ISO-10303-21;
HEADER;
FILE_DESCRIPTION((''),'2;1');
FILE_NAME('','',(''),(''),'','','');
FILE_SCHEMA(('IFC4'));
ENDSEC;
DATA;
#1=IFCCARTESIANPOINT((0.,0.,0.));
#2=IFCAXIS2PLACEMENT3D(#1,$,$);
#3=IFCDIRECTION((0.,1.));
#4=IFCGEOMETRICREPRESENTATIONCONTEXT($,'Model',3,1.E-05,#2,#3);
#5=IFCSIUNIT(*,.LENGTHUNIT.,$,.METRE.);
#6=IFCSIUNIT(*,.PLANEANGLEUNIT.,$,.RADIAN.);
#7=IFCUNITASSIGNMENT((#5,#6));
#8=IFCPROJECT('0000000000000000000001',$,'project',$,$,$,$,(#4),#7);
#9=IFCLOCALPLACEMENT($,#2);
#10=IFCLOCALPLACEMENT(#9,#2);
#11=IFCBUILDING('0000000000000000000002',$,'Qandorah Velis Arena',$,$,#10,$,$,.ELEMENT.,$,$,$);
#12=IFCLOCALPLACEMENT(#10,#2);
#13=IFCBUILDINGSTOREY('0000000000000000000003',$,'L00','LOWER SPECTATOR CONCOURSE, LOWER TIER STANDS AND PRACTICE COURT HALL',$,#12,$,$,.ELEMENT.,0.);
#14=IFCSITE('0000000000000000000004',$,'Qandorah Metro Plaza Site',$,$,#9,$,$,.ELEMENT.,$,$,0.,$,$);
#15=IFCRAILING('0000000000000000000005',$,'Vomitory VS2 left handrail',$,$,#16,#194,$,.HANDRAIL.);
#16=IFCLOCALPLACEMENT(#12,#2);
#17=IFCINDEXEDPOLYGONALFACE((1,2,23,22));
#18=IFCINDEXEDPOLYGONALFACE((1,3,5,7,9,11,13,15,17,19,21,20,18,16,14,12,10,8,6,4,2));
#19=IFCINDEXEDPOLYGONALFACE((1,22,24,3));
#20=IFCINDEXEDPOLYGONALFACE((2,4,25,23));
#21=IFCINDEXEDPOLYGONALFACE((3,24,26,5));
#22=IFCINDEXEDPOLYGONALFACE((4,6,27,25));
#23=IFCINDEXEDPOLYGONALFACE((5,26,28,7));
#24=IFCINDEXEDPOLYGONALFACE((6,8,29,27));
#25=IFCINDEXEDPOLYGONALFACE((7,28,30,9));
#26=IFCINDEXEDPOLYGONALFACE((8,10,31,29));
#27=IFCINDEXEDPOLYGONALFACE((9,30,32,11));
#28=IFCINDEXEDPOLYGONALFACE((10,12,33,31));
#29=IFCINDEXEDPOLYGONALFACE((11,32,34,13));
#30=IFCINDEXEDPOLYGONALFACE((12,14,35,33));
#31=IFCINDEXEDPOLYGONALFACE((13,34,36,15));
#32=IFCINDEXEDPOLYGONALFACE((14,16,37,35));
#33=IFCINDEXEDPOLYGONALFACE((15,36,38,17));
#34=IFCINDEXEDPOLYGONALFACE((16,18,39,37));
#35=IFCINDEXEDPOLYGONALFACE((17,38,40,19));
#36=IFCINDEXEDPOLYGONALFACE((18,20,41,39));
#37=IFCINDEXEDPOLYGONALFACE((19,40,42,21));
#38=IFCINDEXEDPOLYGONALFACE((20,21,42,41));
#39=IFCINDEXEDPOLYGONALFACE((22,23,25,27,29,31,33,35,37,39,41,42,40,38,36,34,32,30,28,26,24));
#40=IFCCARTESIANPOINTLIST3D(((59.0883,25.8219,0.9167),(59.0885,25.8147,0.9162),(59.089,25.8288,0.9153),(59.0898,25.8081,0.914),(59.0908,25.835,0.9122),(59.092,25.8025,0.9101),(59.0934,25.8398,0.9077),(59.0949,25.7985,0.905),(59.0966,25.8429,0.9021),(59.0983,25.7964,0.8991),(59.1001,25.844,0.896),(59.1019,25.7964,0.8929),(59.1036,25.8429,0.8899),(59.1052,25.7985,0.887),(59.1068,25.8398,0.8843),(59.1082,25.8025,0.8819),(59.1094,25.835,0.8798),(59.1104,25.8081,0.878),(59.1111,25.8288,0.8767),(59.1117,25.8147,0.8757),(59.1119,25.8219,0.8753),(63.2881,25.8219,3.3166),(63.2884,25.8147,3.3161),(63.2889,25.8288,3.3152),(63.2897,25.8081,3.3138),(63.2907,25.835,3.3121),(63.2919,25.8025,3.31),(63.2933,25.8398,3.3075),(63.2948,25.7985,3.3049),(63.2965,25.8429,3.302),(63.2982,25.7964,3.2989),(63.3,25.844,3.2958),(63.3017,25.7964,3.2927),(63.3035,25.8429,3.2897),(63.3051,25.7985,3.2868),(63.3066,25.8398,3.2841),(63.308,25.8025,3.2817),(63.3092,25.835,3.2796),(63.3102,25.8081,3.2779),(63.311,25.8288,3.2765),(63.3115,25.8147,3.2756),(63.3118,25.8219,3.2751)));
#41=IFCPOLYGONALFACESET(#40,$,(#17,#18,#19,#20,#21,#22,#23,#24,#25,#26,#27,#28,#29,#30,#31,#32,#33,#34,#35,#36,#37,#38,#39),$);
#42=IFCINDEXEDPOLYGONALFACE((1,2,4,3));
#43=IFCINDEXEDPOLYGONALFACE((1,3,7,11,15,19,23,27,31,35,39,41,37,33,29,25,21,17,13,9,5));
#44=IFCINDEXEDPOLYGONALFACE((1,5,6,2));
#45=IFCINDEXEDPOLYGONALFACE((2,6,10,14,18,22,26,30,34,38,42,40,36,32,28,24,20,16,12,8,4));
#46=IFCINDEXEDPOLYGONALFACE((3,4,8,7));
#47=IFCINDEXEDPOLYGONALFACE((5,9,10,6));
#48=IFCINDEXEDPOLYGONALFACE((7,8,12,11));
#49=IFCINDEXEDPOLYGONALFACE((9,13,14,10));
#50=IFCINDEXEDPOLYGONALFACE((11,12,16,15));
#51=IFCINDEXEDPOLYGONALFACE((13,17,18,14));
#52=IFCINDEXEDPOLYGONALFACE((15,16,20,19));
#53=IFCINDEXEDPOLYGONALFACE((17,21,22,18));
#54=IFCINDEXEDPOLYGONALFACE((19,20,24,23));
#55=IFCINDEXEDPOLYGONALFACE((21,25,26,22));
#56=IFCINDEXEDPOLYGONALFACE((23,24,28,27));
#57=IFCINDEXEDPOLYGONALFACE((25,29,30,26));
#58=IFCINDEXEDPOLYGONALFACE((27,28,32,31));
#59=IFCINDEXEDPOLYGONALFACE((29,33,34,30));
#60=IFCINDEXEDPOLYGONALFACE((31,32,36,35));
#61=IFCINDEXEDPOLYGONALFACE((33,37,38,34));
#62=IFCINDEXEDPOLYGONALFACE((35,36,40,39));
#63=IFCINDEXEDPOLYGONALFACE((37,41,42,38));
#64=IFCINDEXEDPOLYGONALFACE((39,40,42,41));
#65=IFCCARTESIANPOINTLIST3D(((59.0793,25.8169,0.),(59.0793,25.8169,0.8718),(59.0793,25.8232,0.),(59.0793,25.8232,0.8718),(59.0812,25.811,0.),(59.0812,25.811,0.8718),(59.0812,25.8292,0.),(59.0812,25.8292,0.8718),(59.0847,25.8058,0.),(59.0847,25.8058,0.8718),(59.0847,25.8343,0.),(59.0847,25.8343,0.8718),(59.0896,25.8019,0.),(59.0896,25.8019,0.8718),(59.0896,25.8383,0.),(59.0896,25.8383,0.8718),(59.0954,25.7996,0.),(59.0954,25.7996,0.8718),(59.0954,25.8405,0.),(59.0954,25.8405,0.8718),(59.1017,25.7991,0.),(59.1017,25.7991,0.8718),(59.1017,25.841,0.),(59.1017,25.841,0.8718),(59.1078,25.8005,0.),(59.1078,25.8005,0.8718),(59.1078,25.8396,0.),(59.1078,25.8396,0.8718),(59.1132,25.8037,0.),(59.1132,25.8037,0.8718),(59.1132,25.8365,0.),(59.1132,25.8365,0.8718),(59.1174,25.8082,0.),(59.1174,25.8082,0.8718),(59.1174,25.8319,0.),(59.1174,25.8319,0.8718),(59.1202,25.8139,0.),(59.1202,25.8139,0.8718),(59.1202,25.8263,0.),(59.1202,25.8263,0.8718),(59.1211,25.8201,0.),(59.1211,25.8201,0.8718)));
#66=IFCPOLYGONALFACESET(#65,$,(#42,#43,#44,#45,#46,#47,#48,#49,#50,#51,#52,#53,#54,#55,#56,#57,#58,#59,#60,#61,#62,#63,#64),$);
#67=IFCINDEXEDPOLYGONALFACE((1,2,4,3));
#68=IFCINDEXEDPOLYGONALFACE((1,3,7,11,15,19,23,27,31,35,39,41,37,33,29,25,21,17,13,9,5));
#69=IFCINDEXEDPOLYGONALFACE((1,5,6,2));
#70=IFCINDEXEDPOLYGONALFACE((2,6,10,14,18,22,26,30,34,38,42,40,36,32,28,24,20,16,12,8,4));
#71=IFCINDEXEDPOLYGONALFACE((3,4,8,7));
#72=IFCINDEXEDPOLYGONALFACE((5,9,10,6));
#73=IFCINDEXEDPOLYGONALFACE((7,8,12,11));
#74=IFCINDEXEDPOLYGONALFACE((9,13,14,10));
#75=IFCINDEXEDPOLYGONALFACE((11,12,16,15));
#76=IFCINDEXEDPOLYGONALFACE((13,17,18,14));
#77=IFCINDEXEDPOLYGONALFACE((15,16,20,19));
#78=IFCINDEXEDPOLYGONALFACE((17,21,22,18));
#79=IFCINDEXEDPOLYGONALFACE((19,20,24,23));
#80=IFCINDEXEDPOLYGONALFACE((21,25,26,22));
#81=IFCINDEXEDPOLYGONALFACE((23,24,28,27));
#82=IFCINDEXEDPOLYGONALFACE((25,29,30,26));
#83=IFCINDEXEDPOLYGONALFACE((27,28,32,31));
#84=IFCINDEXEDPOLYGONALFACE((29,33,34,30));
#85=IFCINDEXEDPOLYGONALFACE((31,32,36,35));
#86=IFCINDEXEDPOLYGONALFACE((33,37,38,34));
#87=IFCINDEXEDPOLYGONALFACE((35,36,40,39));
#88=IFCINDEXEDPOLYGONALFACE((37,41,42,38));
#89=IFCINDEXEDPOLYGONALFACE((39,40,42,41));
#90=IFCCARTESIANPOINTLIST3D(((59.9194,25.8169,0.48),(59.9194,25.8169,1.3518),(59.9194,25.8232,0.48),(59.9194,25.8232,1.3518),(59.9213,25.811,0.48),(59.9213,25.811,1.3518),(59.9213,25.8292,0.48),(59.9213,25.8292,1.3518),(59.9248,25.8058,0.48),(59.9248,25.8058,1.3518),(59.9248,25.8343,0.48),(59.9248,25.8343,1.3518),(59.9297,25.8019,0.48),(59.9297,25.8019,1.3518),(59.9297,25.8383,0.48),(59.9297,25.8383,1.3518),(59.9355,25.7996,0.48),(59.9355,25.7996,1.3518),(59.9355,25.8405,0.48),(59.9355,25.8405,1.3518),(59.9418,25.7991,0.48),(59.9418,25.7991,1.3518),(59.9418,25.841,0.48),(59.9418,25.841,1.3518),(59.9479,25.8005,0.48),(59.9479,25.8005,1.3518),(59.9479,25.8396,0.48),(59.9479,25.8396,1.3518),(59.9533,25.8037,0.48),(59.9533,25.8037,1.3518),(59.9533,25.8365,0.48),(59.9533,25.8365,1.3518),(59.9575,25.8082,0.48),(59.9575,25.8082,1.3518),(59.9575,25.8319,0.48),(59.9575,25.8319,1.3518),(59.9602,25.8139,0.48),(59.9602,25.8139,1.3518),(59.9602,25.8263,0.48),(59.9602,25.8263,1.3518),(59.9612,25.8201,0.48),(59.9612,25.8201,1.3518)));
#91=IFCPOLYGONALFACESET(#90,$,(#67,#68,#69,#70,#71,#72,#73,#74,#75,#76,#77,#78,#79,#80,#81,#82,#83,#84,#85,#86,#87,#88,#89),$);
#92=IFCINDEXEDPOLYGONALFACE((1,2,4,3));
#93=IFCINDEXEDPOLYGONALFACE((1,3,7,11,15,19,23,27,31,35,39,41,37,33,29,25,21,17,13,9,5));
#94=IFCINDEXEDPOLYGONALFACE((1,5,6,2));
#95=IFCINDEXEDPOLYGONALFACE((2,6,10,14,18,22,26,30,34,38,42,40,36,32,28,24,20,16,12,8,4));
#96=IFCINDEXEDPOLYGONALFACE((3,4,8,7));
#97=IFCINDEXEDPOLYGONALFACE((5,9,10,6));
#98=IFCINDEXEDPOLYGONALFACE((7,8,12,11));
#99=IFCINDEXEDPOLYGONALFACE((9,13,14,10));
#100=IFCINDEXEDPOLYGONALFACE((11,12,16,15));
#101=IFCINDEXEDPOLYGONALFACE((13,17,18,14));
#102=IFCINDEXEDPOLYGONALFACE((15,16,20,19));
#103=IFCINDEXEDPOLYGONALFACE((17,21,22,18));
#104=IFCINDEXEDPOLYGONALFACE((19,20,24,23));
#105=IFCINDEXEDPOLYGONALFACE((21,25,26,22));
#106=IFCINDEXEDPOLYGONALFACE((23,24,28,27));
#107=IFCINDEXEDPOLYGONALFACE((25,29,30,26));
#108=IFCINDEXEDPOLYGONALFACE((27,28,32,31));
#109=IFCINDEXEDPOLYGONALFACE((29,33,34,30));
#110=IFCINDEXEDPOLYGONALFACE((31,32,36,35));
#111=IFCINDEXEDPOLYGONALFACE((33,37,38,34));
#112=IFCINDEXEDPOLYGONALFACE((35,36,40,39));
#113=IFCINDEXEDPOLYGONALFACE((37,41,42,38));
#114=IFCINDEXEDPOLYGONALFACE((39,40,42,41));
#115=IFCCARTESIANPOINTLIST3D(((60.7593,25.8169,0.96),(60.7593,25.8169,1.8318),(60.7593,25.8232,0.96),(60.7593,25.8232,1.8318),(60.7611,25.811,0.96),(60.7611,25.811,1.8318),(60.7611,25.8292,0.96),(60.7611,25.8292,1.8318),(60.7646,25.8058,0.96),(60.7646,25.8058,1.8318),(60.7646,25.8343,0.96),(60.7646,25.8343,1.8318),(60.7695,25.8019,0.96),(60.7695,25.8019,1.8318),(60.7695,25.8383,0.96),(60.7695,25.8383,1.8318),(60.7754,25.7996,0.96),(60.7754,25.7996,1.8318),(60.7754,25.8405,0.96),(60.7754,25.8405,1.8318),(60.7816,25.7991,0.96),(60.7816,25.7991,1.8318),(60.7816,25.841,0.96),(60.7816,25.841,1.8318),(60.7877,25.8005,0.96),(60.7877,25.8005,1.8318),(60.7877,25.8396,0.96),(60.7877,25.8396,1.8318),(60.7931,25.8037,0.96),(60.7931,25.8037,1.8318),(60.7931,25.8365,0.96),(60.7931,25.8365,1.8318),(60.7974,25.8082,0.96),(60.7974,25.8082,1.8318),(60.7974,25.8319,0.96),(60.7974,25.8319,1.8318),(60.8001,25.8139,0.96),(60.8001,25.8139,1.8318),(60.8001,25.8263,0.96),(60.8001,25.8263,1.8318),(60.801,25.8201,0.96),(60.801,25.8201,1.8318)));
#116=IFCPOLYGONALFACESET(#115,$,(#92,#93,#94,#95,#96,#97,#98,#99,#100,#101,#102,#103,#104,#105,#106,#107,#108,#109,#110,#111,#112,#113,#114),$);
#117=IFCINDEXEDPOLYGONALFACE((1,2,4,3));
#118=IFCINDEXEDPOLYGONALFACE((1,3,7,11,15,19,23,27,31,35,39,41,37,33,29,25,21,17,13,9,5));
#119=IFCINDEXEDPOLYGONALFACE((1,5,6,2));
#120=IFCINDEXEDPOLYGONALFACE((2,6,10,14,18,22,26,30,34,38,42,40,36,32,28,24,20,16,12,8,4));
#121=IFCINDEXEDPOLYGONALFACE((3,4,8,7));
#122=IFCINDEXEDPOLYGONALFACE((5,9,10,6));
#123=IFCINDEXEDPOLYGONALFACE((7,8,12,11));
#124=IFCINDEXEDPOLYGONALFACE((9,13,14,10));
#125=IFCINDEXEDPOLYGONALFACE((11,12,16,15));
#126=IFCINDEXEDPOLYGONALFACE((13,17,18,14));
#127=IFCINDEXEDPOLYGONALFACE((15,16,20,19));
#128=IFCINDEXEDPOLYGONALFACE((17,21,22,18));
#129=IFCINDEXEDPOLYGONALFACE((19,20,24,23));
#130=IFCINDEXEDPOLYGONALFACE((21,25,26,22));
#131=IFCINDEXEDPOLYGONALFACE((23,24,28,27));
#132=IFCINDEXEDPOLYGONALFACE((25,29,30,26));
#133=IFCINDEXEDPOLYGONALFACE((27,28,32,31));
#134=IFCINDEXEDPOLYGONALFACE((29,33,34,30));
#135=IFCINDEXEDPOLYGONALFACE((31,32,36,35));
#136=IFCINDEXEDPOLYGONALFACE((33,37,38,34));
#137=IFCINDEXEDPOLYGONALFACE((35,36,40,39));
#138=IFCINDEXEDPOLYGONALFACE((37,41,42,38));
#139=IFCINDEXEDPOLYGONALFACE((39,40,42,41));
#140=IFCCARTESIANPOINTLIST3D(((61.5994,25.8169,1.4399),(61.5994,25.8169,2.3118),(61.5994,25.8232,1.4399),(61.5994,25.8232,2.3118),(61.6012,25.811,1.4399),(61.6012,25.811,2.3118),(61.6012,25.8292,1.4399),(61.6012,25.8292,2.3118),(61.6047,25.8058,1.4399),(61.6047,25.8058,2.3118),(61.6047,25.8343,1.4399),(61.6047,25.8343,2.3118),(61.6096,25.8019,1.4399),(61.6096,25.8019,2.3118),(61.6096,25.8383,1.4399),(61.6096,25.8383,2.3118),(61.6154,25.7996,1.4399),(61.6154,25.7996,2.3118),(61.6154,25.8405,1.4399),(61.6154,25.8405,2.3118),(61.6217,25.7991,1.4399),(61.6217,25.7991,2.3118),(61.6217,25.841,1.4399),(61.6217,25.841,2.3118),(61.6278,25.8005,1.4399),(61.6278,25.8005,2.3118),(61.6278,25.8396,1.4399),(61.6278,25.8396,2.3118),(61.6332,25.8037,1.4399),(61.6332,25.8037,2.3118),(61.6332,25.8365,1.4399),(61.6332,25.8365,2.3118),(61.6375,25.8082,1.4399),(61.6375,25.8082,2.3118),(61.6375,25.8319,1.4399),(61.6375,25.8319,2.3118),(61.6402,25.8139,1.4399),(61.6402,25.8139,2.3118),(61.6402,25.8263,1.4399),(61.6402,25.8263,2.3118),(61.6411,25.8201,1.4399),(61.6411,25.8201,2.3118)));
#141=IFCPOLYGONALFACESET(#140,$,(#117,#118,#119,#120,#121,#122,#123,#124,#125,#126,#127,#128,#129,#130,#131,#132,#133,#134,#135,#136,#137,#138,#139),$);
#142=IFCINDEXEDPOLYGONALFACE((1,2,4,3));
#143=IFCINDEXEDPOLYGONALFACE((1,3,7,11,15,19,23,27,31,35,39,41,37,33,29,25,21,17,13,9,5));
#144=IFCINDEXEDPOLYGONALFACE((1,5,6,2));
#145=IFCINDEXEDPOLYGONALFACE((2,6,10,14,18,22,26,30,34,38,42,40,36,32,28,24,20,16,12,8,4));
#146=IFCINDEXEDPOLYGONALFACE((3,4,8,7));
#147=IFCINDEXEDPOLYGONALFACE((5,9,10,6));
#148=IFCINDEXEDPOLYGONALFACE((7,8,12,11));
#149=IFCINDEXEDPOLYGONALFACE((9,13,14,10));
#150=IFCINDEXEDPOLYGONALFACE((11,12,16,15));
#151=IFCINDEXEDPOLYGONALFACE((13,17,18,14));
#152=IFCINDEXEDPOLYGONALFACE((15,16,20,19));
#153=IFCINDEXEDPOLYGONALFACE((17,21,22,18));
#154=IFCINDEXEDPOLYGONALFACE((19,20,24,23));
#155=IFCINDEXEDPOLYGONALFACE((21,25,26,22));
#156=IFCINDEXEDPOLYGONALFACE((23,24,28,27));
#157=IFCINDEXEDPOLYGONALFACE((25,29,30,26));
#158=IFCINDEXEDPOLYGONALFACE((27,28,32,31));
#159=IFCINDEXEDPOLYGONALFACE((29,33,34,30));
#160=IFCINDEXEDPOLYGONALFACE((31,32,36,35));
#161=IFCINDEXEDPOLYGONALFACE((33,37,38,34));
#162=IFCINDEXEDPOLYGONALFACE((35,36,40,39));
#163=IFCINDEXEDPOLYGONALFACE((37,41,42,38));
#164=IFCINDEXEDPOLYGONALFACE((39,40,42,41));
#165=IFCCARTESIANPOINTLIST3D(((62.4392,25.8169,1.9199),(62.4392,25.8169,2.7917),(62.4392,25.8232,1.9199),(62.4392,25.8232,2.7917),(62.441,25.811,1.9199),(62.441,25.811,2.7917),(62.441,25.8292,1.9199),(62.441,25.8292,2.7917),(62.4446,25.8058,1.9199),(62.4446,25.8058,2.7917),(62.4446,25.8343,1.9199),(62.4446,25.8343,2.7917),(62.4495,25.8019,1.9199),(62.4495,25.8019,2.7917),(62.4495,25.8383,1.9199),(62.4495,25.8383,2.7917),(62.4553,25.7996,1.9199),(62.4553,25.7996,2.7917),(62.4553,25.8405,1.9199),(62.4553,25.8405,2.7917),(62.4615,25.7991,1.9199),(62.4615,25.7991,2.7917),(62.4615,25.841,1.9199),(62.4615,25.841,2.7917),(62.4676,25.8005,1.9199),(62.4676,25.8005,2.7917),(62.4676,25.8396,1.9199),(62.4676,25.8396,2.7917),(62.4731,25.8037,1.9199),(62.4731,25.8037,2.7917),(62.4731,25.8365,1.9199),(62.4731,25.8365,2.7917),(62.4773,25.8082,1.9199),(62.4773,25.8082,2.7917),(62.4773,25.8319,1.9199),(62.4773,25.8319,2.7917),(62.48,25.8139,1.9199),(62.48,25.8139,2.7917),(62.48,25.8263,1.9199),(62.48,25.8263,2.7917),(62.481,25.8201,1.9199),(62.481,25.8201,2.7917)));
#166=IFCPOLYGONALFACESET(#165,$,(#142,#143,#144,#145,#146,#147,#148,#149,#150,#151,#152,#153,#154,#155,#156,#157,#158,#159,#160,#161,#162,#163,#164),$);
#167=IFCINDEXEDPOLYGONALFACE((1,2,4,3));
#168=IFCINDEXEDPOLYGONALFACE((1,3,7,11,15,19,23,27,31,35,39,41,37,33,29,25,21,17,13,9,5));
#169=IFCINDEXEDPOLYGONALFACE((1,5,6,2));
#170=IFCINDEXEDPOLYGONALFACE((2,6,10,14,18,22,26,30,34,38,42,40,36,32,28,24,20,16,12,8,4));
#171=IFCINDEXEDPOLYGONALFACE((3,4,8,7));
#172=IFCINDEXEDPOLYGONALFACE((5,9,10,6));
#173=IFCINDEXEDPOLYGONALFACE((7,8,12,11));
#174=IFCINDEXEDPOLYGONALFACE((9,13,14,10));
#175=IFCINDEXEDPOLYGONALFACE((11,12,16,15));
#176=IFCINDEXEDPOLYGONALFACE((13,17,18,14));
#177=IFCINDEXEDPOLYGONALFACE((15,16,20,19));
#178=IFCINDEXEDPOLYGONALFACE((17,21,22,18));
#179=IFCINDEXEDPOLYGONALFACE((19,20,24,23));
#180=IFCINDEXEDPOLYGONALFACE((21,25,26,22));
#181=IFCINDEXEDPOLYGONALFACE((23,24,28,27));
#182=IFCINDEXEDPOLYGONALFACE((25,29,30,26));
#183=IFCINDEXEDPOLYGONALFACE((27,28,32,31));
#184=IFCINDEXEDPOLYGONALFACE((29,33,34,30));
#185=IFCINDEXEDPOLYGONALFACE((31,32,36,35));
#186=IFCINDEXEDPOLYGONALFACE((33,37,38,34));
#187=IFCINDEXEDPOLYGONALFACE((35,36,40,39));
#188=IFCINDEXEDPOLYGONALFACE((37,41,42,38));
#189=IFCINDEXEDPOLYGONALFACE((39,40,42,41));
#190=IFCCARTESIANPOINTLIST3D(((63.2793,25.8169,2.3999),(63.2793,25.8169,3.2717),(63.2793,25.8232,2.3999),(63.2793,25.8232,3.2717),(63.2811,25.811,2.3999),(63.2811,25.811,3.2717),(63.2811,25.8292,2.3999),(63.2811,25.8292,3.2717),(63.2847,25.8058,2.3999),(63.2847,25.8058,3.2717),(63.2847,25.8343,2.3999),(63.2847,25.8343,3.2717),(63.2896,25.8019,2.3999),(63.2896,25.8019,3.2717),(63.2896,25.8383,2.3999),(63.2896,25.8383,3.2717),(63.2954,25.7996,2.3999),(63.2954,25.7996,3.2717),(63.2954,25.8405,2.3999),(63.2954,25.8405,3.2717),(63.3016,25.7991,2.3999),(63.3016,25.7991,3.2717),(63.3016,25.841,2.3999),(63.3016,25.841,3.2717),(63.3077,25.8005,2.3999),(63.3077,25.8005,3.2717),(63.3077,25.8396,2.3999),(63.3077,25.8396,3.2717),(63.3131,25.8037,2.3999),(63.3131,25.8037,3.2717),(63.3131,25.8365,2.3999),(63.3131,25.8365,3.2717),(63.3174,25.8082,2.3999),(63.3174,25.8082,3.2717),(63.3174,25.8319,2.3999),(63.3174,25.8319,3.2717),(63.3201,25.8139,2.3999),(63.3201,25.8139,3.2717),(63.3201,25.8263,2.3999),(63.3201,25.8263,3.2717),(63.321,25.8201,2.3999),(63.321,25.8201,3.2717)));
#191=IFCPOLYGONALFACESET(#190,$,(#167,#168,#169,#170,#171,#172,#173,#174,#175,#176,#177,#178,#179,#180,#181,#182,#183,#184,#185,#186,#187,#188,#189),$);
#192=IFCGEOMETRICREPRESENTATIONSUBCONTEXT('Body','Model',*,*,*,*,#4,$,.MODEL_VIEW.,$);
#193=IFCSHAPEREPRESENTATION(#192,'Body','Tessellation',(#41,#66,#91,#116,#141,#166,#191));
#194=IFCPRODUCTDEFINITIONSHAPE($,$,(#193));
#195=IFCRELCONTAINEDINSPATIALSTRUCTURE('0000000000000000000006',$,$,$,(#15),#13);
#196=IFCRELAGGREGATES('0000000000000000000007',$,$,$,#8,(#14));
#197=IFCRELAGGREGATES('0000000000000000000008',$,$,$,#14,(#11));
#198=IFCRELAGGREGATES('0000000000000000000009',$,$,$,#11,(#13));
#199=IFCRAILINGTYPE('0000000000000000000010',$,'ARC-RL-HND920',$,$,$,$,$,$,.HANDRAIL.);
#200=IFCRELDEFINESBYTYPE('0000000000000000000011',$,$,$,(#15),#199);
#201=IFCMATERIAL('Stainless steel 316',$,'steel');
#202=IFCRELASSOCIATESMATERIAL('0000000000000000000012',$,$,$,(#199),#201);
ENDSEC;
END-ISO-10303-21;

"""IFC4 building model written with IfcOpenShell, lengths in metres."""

from ifc_helpers import new_model, si_unit, direction, frame, origin, origin_2d, place, context, subcontext, project, spatial, circle, extrude, material, type_object, element, save


model = new_model("IFC4")

# Units and contexts
model_context = context("Model", 3, precision=1e-05, world=origin(), true_north=direction((0.0, 1.0)))
body_context = subcontext(model_context, "Body", "Model", "MODEL_VIEW")
ifc_project = project(units=[si_unit("LENGTHUNIT", "METRE"), si_unit("PLANEANGLEUNIT", "RADIAN")], contexts=[model_context])

# Site, building, storey
site_placement = place(None, origin())
site = spatial("IfcSite", under=ifc_project, at=site_placement, Name="Qandorah Metro Plaza Site", CompositionType="ELEMENT", RefElevation=0.0)
building_placement = place(site_placement, origin())
building = spatial("IfcBuilding", under=site, at=building_placement, Name="Qandorah Velis Arena", CompositionType="ELEMENT")
storey_placement = place(building_placement, origin())
storey = spatial("IfcBuildingStorey", under=building, at=storey_placement, Name="L00", Description="LOWER SPECTATOR CONCOURSE, LOWER TIER STANDS AND PRACTICE COURT HALL", CompositionType="ELEMENT", Elevation=0.0)

# Railing
ifc_material_1 = material(Name="Stainless steel 316", Category="steel")
railing_type_1 = type_object("IfcRailingType", Name="ARC-RL-HND920", PredefinedType="HANDRAIL", material=ifc_material_1)
for number, where, name in (
    (1, (59.1001, 25.8201, 0.0), "Vomitory VS2 left handrail"),
):
    element("IfcRailing", number, at=place(storey_placement, frame(where)), inside=storey, type_object=railing_type_1, Name=name, PredefinedType="HANDRAIL", context=body_context, shape_type="SweptSolid", body=[
        extrude(circle(Radius=0.0239, at=origin_2d()), frame((0.0, 0.0, 0.896), z_axis=(0.868249, 0.0, 0.496128), x_axis=(0.0, 1.0, 0.0)), (0.0, 0.0, 1.0), 4.8372),
        extrude(circle(Radius=0.021, at=origin_2d()), origin(), (0.0, 0.0, 1.0), 0.8718),
        extrude(circle(Radius=0.021, at=origin_2d()), frame((0.8401, 0.0, 0.48)), (0.0, 0.0, 1.0), 0.8718),
        extrude(circle(Radius=0.021, at=origin_2d()), frame((1.6799, 0.0, 0.96)), (0.0, 0.0, 1.0), 0.8718),
        extrude(circle(Radius=0.021, at=origin_2d()), frame((2.52, 0.0, 1.4399)), (0.0, 0.0, 1.0), 0.8718),
        extrude(circle(Radius=0.021, at=origin_2d()), frame((3.3599, 0.0, 1.9199)), (0.0, 0.0, 1.0), 0.8718),
        extrude(circle(Radius=0.021, at=origin_2d()), frame((4.2, 0.0, 2.3999)), (0.0, 0.0, 1.0), 0.8718),
    ])

save(model, "model.ifc")
